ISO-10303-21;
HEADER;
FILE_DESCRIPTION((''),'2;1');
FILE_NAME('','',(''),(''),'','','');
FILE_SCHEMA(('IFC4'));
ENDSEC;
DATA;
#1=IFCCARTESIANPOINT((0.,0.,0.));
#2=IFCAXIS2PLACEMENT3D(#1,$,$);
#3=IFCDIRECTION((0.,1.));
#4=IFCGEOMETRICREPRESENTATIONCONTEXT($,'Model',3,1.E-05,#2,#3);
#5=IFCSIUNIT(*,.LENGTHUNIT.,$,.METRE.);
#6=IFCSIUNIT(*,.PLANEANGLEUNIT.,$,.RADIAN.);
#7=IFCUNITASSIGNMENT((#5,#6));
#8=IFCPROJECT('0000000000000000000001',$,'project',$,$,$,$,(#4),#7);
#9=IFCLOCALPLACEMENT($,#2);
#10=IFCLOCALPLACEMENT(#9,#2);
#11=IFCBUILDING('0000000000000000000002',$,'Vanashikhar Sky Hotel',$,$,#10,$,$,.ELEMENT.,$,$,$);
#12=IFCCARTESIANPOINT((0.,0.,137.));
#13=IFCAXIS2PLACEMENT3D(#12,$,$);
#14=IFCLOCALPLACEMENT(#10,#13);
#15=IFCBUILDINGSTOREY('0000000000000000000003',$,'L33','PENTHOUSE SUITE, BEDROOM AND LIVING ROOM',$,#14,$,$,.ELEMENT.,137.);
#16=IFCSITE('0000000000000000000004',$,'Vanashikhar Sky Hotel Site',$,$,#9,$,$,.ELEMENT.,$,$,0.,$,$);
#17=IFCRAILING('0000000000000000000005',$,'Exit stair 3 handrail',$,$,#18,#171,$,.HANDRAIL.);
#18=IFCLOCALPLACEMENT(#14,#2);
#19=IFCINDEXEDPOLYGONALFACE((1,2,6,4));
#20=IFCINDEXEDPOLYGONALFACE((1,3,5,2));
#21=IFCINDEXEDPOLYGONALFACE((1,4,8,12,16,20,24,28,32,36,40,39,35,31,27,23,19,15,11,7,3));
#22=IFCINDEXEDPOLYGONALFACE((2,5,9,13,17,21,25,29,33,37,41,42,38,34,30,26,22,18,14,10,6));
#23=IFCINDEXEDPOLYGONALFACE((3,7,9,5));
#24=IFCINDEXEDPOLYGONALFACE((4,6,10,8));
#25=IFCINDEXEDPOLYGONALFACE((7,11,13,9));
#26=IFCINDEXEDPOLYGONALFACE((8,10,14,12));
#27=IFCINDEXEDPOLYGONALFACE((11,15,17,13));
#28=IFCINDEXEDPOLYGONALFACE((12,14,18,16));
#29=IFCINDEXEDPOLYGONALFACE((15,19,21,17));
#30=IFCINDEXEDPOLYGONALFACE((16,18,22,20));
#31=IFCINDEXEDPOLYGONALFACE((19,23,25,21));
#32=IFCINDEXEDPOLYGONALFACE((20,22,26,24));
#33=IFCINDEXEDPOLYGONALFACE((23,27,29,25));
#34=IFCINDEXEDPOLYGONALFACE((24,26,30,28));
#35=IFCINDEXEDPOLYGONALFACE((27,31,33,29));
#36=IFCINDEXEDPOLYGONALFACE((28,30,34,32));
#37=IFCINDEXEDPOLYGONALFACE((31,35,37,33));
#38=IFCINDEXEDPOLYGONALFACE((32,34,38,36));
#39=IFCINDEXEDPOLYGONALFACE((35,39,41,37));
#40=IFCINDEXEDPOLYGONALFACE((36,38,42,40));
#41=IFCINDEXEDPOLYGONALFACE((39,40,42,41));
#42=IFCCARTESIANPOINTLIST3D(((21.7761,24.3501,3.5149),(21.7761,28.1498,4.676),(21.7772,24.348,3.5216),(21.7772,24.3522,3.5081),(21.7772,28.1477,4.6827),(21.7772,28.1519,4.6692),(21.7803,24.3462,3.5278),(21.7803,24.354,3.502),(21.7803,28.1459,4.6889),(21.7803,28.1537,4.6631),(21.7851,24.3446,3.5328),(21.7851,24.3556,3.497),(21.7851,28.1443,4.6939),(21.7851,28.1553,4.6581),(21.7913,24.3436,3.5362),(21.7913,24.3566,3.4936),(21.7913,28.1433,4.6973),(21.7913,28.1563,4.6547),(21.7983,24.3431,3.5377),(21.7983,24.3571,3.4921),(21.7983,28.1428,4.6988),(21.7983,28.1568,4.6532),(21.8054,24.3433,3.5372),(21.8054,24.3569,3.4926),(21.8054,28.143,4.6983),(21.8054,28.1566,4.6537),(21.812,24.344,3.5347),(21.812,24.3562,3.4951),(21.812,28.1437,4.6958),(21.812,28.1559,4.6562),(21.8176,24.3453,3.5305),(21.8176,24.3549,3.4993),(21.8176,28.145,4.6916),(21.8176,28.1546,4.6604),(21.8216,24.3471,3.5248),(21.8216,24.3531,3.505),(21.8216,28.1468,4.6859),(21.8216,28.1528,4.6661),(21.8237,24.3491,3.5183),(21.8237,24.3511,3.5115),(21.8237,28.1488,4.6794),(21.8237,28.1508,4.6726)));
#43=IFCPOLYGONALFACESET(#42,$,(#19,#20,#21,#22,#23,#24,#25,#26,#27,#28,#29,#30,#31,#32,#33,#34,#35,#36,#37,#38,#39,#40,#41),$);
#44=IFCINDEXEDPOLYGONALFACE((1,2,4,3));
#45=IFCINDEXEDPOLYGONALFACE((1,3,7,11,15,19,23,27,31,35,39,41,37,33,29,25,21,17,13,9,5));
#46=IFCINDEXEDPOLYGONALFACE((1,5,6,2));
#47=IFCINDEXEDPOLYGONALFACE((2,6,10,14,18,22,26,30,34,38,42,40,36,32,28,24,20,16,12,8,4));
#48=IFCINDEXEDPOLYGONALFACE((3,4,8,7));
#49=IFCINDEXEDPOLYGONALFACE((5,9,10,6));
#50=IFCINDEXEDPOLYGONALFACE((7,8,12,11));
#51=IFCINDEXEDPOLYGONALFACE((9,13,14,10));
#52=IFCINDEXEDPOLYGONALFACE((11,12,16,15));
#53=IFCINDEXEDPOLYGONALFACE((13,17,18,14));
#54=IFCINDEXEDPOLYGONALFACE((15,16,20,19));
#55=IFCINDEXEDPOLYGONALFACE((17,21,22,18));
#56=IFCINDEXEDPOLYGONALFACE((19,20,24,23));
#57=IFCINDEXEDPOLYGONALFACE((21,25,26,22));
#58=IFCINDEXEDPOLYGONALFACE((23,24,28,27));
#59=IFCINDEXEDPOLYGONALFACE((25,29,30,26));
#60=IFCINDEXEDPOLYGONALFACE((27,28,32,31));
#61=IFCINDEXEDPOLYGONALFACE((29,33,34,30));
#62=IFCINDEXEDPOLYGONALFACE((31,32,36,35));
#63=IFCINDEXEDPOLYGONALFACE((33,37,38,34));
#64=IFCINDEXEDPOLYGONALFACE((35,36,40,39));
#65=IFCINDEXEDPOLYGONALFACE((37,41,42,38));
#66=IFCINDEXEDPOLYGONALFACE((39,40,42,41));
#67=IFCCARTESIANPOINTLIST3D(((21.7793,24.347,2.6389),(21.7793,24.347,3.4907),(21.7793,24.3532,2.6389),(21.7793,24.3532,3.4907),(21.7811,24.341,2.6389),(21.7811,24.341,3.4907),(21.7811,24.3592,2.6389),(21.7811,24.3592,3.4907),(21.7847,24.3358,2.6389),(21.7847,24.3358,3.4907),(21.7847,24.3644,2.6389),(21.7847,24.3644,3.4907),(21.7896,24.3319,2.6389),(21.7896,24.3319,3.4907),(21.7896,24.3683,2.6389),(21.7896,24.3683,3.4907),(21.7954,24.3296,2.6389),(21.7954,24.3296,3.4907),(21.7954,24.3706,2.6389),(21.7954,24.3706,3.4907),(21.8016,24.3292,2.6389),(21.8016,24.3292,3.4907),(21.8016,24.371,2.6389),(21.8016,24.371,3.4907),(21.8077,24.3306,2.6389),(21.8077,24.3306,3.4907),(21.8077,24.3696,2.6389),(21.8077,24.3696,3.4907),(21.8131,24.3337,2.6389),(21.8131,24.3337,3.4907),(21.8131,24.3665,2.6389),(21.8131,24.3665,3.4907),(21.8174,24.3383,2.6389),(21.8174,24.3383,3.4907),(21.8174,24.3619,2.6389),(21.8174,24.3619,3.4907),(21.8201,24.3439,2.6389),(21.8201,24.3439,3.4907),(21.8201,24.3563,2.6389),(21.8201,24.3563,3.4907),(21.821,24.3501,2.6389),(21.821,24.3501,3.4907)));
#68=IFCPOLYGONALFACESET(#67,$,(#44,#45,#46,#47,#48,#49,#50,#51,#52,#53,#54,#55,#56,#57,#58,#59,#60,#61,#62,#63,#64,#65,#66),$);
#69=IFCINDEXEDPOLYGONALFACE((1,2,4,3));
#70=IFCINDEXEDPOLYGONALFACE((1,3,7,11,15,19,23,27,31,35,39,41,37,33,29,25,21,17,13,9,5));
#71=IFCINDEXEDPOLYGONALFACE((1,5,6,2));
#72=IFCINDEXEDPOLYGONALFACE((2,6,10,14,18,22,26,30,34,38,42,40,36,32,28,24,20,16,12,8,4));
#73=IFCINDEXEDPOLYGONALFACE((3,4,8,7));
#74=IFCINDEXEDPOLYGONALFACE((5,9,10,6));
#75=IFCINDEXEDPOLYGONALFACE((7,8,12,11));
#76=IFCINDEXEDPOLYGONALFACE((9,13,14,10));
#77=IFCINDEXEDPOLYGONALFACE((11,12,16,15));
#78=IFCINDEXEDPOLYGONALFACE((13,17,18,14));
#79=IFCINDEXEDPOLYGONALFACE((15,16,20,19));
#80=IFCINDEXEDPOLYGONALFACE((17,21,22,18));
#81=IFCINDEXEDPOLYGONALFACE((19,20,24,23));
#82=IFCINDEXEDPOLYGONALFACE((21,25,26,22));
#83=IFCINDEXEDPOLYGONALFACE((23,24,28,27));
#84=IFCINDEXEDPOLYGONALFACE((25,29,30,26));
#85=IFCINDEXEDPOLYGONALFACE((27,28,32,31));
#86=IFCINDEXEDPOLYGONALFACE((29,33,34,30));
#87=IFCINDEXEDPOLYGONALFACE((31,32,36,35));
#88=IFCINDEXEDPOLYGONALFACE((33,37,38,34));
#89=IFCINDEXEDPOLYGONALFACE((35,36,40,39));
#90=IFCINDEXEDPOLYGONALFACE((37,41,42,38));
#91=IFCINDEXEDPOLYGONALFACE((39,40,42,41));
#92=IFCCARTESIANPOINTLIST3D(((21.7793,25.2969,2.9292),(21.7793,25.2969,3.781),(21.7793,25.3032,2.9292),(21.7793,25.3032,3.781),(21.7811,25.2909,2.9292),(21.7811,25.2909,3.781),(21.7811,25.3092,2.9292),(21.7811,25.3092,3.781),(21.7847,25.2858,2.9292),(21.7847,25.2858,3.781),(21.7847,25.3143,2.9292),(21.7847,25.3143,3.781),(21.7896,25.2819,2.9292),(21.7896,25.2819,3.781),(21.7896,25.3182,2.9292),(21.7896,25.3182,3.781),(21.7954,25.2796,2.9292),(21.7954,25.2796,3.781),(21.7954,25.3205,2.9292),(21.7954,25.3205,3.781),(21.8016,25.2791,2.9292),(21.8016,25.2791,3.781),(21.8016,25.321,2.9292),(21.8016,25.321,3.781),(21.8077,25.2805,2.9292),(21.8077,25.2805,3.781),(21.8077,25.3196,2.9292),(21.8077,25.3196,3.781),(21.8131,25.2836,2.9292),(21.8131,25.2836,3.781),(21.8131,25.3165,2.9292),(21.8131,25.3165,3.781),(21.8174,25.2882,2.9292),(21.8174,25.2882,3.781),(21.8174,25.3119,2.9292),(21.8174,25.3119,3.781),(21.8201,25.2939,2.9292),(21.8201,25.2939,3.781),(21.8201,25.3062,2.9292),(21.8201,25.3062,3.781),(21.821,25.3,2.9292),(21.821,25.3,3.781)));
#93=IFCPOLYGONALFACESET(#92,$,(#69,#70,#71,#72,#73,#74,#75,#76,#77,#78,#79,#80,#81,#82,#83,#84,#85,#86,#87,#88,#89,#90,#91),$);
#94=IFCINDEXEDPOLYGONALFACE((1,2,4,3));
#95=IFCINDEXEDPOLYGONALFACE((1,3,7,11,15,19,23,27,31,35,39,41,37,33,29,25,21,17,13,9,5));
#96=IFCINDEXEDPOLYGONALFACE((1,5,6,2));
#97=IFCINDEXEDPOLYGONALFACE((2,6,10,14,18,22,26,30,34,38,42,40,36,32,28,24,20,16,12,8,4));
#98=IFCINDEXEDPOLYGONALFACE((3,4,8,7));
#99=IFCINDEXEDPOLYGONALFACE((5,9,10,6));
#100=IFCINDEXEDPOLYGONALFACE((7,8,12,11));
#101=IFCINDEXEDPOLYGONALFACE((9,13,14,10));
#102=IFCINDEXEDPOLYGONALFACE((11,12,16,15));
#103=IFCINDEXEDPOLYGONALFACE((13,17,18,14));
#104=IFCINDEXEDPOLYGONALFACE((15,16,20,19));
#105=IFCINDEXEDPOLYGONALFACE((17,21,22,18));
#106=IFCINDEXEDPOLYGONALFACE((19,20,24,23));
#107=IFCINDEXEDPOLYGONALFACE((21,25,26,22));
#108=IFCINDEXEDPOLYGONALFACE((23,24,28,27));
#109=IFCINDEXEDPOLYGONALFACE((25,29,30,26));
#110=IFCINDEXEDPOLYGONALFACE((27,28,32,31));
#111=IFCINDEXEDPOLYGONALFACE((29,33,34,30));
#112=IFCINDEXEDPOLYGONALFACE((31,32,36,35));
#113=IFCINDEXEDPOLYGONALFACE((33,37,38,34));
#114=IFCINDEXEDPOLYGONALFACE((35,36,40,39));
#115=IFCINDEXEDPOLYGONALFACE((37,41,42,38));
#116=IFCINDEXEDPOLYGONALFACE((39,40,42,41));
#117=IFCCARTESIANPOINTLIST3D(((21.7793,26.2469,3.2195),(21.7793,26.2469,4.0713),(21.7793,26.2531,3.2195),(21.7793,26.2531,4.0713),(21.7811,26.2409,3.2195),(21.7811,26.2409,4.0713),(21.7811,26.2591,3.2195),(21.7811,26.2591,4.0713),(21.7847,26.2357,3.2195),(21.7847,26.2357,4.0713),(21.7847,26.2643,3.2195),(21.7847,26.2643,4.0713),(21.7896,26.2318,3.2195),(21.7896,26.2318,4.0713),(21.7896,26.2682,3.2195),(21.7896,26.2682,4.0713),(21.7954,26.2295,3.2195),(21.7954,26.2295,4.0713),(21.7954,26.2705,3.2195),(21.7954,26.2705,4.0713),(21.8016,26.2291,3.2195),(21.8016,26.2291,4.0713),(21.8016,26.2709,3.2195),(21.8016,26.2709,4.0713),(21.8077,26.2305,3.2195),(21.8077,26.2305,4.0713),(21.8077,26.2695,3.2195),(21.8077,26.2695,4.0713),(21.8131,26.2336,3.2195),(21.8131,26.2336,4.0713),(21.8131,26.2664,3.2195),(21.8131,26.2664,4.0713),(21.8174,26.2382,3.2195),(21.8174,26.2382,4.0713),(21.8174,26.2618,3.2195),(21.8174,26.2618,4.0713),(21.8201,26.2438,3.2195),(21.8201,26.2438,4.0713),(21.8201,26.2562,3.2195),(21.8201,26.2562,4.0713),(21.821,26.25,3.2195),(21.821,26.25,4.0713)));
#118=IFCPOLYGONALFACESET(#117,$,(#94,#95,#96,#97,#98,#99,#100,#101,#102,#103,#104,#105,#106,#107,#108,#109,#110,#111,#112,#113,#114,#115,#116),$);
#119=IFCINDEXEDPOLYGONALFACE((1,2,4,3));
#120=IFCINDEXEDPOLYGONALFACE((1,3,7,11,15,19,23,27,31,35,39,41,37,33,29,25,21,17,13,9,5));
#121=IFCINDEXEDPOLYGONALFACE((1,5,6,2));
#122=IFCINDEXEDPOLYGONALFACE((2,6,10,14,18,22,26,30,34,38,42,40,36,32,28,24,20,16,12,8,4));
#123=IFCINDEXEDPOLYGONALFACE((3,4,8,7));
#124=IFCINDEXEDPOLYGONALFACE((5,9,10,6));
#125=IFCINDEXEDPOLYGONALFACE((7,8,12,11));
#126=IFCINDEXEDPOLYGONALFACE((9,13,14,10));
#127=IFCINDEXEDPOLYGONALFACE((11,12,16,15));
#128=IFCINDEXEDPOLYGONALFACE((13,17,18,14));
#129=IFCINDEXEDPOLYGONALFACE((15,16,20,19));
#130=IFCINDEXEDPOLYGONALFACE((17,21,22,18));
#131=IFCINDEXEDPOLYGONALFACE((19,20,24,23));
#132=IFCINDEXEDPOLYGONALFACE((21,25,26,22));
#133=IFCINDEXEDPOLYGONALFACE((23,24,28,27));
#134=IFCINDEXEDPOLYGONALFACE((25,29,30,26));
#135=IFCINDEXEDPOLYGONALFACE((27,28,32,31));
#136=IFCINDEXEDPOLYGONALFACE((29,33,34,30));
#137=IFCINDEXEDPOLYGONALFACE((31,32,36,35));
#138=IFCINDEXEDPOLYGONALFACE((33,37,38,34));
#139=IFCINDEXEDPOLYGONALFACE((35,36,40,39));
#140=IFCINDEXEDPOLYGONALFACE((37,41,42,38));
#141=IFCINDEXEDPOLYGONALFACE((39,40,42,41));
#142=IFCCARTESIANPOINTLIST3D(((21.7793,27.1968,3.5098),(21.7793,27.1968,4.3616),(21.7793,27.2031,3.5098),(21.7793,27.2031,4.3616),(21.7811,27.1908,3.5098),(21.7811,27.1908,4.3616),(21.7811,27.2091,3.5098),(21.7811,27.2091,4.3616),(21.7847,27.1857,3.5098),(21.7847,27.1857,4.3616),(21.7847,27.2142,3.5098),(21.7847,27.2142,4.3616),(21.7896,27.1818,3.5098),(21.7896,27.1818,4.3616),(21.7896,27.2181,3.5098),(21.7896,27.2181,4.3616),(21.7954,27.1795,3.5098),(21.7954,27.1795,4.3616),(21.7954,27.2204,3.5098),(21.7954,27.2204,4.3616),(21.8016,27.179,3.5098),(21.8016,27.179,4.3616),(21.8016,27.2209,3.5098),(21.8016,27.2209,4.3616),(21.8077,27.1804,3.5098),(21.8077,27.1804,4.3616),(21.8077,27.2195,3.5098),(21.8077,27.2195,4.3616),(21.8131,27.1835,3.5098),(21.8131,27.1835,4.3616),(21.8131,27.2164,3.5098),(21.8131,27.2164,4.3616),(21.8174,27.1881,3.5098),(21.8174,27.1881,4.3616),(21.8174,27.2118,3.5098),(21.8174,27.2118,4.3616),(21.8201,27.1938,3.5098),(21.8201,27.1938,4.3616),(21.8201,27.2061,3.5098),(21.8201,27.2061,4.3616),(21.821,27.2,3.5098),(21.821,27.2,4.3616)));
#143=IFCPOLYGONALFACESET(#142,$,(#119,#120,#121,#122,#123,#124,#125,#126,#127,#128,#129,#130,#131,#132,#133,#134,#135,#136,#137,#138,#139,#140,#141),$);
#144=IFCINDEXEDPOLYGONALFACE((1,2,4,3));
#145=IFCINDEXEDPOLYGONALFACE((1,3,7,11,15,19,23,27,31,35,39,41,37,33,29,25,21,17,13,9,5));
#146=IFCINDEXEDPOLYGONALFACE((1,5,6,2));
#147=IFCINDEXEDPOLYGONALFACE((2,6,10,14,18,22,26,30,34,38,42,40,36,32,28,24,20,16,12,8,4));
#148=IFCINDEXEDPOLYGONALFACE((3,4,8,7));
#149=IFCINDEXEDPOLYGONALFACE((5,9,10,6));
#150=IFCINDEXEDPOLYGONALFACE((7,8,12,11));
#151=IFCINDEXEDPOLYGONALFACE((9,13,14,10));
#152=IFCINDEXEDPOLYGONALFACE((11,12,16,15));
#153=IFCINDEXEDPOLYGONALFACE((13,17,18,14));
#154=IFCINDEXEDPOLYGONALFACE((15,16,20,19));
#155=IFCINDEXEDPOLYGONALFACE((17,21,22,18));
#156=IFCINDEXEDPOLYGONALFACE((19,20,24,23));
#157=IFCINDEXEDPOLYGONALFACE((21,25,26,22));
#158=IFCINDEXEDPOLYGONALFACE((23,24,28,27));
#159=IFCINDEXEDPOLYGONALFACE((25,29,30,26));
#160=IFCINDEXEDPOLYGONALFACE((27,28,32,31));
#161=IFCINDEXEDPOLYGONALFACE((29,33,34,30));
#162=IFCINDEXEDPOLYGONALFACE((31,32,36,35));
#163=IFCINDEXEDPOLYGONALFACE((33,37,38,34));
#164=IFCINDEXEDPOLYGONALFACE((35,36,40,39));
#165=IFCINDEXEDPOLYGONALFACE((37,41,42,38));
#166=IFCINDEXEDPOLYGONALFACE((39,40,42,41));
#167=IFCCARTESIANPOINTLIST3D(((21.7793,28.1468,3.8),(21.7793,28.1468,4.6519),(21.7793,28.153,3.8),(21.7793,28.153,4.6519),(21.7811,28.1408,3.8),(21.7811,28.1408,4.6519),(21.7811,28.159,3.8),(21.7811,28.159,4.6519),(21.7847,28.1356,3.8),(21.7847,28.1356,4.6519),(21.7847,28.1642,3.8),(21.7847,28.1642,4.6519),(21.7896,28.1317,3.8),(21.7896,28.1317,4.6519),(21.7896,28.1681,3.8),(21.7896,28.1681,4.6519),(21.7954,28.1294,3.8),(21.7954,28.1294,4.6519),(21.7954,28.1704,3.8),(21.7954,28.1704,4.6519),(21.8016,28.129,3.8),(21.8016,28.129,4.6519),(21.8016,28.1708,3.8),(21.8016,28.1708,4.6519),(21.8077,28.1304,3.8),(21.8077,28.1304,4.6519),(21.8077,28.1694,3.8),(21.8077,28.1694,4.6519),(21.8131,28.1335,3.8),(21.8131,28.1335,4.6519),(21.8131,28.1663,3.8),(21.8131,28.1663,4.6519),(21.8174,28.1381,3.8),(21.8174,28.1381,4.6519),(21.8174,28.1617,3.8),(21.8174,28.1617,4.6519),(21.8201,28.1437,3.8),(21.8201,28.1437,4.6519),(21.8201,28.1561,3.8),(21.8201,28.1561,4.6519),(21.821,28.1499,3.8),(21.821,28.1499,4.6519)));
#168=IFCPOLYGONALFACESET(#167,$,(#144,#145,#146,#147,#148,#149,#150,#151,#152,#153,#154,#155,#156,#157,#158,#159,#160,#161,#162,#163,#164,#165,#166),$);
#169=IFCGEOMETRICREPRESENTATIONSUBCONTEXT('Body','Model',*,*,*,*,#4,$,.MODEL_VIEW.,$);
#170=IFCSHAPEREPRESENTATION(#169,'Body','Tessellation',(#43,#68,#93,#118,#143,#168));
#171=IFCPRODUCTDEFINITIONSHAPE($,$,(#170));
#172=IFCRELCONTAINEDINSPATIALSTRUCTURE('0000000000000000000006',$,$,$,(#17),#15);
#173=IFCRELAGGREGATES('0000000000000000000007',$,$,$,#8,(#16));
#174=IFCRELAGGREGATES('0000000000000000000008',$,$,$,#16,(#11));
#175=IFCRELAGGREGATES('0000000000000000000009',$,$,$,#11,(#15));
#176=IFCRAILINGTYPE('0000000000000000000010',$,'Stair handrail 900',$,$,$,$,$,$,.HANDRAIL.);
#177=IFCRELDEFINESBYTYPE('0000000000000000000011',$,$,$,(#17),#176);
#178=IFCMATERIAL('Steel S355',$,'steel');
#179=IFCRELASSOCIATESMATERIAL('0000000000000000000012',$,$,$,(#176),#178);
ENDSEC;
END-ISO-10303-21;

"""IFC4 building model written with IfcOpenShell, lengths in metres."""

from ifc_helpers import new_model, si_unit, direction, frame, origin, origin_2d, place, context, subcontext, project, spatial, circle, extrude, source, transform, mapped, material, type_object, element, save


model = new_model("IFC4")

# Units and contexts
model_context = context("Model", 3, precision=1e-05, world=origin(), true_north=direction((0.0, 1.0)))
body_context = subcontext(model_context, "Body", "Model", "MODEL_VIEW")
ifc_project = project(units=[si_unit("LENGTHUNIT", "METRE"), si_unit("PLANEANGLEUNIT", "RADIAN")], contexts=[model_context])

# Site, building, storey
site_placement = place(None, origin())
site = spatial("IfcSite", under=ifc_project, at=site_placement, Name="Vanashikhar Sky Hotel Site", CompositionType="ELEMENT", RefElevation=0.0)
building_placement = place(site_placement, origin())
building = spatial("IfcBuilding", under=site, at=building_placement, Name="Vanashikhar Sky Hotel", CompositionType="ELEMENT")
storey_placement = place(building_placement, frame((0.0, 0.0, 137.0)))
storey = spatial("IfcBuildingStorey", under=building, at=storey_placement, Name="L33", Description="PENTHOUSE SUITE, BEDROOM AND LIVING ROOM", CompositionType="ELEMENT", Elevation=137.0)

# Railing
ifc_material_1 = material(Name="Steel S355", Category="steel")
railing_type_1 = type_object("IfcRailingType", Name="Stair handrail 900", PredefinedType="HANDRAIL", material=ifc_material_1)
shared_shape_1 = source(origin(), body_context, "Body", "SweptSolid", [
    extrude(circle(Radius=0.0239, at=origin_2d()), frame((0.0, 0.0, 0.876), z_axis=(0.0, 0.956346, 0.292237), x_axis=(-1.0, 0.0, 0.0)), (0.0, 0.0, 1.0), 3.9731),
    extrude(circle(Radius=0.021, at=origin_2d()), origin(), (0.0, 0.0, 1.0), 0.8518),
    extrude(circle(Radius=0.021, at=origin_2d()), frame((0.0, 0.95, 0.2903)), (0.0, 0.0, 1.0), 0.8518),
    extrude(circle(Radius=0.021, at=origin_2d()), frame((0.0, 1.8999, 0.5806)), (0.0, 0.0, 1.0), 0.8518),
    extrude(circle(Radius=0.021, at=origin_2d()), frame((0.0, 2.8499, 0.8708)), (0.0, 0.0, 1.0), 0.8518),
    extrude(circle(Radius=0.021, at=origin_2d()), frame((0.0, 3.7998, 1.1611)), (0.0, 0.0, 1.0), 0.8518),
])
for number, where, name in (
    (1, (21.8, 24.3501, 2.6389), "Exit stair 3 handrail"),
):
    element("IfcRailing", number, at=place(storey_placement, frame(where)), inside=storey, type_object=railing_type_1, Name=name, PredefinedType="HANDRAIL", context=body_context, shape_type="MappedRepresentation", body=[
        mapped(shared_shape_1, transform((0.0, 0.0, 0.0), scale=1.0)),
    ])

save(model, "model.ifc")
